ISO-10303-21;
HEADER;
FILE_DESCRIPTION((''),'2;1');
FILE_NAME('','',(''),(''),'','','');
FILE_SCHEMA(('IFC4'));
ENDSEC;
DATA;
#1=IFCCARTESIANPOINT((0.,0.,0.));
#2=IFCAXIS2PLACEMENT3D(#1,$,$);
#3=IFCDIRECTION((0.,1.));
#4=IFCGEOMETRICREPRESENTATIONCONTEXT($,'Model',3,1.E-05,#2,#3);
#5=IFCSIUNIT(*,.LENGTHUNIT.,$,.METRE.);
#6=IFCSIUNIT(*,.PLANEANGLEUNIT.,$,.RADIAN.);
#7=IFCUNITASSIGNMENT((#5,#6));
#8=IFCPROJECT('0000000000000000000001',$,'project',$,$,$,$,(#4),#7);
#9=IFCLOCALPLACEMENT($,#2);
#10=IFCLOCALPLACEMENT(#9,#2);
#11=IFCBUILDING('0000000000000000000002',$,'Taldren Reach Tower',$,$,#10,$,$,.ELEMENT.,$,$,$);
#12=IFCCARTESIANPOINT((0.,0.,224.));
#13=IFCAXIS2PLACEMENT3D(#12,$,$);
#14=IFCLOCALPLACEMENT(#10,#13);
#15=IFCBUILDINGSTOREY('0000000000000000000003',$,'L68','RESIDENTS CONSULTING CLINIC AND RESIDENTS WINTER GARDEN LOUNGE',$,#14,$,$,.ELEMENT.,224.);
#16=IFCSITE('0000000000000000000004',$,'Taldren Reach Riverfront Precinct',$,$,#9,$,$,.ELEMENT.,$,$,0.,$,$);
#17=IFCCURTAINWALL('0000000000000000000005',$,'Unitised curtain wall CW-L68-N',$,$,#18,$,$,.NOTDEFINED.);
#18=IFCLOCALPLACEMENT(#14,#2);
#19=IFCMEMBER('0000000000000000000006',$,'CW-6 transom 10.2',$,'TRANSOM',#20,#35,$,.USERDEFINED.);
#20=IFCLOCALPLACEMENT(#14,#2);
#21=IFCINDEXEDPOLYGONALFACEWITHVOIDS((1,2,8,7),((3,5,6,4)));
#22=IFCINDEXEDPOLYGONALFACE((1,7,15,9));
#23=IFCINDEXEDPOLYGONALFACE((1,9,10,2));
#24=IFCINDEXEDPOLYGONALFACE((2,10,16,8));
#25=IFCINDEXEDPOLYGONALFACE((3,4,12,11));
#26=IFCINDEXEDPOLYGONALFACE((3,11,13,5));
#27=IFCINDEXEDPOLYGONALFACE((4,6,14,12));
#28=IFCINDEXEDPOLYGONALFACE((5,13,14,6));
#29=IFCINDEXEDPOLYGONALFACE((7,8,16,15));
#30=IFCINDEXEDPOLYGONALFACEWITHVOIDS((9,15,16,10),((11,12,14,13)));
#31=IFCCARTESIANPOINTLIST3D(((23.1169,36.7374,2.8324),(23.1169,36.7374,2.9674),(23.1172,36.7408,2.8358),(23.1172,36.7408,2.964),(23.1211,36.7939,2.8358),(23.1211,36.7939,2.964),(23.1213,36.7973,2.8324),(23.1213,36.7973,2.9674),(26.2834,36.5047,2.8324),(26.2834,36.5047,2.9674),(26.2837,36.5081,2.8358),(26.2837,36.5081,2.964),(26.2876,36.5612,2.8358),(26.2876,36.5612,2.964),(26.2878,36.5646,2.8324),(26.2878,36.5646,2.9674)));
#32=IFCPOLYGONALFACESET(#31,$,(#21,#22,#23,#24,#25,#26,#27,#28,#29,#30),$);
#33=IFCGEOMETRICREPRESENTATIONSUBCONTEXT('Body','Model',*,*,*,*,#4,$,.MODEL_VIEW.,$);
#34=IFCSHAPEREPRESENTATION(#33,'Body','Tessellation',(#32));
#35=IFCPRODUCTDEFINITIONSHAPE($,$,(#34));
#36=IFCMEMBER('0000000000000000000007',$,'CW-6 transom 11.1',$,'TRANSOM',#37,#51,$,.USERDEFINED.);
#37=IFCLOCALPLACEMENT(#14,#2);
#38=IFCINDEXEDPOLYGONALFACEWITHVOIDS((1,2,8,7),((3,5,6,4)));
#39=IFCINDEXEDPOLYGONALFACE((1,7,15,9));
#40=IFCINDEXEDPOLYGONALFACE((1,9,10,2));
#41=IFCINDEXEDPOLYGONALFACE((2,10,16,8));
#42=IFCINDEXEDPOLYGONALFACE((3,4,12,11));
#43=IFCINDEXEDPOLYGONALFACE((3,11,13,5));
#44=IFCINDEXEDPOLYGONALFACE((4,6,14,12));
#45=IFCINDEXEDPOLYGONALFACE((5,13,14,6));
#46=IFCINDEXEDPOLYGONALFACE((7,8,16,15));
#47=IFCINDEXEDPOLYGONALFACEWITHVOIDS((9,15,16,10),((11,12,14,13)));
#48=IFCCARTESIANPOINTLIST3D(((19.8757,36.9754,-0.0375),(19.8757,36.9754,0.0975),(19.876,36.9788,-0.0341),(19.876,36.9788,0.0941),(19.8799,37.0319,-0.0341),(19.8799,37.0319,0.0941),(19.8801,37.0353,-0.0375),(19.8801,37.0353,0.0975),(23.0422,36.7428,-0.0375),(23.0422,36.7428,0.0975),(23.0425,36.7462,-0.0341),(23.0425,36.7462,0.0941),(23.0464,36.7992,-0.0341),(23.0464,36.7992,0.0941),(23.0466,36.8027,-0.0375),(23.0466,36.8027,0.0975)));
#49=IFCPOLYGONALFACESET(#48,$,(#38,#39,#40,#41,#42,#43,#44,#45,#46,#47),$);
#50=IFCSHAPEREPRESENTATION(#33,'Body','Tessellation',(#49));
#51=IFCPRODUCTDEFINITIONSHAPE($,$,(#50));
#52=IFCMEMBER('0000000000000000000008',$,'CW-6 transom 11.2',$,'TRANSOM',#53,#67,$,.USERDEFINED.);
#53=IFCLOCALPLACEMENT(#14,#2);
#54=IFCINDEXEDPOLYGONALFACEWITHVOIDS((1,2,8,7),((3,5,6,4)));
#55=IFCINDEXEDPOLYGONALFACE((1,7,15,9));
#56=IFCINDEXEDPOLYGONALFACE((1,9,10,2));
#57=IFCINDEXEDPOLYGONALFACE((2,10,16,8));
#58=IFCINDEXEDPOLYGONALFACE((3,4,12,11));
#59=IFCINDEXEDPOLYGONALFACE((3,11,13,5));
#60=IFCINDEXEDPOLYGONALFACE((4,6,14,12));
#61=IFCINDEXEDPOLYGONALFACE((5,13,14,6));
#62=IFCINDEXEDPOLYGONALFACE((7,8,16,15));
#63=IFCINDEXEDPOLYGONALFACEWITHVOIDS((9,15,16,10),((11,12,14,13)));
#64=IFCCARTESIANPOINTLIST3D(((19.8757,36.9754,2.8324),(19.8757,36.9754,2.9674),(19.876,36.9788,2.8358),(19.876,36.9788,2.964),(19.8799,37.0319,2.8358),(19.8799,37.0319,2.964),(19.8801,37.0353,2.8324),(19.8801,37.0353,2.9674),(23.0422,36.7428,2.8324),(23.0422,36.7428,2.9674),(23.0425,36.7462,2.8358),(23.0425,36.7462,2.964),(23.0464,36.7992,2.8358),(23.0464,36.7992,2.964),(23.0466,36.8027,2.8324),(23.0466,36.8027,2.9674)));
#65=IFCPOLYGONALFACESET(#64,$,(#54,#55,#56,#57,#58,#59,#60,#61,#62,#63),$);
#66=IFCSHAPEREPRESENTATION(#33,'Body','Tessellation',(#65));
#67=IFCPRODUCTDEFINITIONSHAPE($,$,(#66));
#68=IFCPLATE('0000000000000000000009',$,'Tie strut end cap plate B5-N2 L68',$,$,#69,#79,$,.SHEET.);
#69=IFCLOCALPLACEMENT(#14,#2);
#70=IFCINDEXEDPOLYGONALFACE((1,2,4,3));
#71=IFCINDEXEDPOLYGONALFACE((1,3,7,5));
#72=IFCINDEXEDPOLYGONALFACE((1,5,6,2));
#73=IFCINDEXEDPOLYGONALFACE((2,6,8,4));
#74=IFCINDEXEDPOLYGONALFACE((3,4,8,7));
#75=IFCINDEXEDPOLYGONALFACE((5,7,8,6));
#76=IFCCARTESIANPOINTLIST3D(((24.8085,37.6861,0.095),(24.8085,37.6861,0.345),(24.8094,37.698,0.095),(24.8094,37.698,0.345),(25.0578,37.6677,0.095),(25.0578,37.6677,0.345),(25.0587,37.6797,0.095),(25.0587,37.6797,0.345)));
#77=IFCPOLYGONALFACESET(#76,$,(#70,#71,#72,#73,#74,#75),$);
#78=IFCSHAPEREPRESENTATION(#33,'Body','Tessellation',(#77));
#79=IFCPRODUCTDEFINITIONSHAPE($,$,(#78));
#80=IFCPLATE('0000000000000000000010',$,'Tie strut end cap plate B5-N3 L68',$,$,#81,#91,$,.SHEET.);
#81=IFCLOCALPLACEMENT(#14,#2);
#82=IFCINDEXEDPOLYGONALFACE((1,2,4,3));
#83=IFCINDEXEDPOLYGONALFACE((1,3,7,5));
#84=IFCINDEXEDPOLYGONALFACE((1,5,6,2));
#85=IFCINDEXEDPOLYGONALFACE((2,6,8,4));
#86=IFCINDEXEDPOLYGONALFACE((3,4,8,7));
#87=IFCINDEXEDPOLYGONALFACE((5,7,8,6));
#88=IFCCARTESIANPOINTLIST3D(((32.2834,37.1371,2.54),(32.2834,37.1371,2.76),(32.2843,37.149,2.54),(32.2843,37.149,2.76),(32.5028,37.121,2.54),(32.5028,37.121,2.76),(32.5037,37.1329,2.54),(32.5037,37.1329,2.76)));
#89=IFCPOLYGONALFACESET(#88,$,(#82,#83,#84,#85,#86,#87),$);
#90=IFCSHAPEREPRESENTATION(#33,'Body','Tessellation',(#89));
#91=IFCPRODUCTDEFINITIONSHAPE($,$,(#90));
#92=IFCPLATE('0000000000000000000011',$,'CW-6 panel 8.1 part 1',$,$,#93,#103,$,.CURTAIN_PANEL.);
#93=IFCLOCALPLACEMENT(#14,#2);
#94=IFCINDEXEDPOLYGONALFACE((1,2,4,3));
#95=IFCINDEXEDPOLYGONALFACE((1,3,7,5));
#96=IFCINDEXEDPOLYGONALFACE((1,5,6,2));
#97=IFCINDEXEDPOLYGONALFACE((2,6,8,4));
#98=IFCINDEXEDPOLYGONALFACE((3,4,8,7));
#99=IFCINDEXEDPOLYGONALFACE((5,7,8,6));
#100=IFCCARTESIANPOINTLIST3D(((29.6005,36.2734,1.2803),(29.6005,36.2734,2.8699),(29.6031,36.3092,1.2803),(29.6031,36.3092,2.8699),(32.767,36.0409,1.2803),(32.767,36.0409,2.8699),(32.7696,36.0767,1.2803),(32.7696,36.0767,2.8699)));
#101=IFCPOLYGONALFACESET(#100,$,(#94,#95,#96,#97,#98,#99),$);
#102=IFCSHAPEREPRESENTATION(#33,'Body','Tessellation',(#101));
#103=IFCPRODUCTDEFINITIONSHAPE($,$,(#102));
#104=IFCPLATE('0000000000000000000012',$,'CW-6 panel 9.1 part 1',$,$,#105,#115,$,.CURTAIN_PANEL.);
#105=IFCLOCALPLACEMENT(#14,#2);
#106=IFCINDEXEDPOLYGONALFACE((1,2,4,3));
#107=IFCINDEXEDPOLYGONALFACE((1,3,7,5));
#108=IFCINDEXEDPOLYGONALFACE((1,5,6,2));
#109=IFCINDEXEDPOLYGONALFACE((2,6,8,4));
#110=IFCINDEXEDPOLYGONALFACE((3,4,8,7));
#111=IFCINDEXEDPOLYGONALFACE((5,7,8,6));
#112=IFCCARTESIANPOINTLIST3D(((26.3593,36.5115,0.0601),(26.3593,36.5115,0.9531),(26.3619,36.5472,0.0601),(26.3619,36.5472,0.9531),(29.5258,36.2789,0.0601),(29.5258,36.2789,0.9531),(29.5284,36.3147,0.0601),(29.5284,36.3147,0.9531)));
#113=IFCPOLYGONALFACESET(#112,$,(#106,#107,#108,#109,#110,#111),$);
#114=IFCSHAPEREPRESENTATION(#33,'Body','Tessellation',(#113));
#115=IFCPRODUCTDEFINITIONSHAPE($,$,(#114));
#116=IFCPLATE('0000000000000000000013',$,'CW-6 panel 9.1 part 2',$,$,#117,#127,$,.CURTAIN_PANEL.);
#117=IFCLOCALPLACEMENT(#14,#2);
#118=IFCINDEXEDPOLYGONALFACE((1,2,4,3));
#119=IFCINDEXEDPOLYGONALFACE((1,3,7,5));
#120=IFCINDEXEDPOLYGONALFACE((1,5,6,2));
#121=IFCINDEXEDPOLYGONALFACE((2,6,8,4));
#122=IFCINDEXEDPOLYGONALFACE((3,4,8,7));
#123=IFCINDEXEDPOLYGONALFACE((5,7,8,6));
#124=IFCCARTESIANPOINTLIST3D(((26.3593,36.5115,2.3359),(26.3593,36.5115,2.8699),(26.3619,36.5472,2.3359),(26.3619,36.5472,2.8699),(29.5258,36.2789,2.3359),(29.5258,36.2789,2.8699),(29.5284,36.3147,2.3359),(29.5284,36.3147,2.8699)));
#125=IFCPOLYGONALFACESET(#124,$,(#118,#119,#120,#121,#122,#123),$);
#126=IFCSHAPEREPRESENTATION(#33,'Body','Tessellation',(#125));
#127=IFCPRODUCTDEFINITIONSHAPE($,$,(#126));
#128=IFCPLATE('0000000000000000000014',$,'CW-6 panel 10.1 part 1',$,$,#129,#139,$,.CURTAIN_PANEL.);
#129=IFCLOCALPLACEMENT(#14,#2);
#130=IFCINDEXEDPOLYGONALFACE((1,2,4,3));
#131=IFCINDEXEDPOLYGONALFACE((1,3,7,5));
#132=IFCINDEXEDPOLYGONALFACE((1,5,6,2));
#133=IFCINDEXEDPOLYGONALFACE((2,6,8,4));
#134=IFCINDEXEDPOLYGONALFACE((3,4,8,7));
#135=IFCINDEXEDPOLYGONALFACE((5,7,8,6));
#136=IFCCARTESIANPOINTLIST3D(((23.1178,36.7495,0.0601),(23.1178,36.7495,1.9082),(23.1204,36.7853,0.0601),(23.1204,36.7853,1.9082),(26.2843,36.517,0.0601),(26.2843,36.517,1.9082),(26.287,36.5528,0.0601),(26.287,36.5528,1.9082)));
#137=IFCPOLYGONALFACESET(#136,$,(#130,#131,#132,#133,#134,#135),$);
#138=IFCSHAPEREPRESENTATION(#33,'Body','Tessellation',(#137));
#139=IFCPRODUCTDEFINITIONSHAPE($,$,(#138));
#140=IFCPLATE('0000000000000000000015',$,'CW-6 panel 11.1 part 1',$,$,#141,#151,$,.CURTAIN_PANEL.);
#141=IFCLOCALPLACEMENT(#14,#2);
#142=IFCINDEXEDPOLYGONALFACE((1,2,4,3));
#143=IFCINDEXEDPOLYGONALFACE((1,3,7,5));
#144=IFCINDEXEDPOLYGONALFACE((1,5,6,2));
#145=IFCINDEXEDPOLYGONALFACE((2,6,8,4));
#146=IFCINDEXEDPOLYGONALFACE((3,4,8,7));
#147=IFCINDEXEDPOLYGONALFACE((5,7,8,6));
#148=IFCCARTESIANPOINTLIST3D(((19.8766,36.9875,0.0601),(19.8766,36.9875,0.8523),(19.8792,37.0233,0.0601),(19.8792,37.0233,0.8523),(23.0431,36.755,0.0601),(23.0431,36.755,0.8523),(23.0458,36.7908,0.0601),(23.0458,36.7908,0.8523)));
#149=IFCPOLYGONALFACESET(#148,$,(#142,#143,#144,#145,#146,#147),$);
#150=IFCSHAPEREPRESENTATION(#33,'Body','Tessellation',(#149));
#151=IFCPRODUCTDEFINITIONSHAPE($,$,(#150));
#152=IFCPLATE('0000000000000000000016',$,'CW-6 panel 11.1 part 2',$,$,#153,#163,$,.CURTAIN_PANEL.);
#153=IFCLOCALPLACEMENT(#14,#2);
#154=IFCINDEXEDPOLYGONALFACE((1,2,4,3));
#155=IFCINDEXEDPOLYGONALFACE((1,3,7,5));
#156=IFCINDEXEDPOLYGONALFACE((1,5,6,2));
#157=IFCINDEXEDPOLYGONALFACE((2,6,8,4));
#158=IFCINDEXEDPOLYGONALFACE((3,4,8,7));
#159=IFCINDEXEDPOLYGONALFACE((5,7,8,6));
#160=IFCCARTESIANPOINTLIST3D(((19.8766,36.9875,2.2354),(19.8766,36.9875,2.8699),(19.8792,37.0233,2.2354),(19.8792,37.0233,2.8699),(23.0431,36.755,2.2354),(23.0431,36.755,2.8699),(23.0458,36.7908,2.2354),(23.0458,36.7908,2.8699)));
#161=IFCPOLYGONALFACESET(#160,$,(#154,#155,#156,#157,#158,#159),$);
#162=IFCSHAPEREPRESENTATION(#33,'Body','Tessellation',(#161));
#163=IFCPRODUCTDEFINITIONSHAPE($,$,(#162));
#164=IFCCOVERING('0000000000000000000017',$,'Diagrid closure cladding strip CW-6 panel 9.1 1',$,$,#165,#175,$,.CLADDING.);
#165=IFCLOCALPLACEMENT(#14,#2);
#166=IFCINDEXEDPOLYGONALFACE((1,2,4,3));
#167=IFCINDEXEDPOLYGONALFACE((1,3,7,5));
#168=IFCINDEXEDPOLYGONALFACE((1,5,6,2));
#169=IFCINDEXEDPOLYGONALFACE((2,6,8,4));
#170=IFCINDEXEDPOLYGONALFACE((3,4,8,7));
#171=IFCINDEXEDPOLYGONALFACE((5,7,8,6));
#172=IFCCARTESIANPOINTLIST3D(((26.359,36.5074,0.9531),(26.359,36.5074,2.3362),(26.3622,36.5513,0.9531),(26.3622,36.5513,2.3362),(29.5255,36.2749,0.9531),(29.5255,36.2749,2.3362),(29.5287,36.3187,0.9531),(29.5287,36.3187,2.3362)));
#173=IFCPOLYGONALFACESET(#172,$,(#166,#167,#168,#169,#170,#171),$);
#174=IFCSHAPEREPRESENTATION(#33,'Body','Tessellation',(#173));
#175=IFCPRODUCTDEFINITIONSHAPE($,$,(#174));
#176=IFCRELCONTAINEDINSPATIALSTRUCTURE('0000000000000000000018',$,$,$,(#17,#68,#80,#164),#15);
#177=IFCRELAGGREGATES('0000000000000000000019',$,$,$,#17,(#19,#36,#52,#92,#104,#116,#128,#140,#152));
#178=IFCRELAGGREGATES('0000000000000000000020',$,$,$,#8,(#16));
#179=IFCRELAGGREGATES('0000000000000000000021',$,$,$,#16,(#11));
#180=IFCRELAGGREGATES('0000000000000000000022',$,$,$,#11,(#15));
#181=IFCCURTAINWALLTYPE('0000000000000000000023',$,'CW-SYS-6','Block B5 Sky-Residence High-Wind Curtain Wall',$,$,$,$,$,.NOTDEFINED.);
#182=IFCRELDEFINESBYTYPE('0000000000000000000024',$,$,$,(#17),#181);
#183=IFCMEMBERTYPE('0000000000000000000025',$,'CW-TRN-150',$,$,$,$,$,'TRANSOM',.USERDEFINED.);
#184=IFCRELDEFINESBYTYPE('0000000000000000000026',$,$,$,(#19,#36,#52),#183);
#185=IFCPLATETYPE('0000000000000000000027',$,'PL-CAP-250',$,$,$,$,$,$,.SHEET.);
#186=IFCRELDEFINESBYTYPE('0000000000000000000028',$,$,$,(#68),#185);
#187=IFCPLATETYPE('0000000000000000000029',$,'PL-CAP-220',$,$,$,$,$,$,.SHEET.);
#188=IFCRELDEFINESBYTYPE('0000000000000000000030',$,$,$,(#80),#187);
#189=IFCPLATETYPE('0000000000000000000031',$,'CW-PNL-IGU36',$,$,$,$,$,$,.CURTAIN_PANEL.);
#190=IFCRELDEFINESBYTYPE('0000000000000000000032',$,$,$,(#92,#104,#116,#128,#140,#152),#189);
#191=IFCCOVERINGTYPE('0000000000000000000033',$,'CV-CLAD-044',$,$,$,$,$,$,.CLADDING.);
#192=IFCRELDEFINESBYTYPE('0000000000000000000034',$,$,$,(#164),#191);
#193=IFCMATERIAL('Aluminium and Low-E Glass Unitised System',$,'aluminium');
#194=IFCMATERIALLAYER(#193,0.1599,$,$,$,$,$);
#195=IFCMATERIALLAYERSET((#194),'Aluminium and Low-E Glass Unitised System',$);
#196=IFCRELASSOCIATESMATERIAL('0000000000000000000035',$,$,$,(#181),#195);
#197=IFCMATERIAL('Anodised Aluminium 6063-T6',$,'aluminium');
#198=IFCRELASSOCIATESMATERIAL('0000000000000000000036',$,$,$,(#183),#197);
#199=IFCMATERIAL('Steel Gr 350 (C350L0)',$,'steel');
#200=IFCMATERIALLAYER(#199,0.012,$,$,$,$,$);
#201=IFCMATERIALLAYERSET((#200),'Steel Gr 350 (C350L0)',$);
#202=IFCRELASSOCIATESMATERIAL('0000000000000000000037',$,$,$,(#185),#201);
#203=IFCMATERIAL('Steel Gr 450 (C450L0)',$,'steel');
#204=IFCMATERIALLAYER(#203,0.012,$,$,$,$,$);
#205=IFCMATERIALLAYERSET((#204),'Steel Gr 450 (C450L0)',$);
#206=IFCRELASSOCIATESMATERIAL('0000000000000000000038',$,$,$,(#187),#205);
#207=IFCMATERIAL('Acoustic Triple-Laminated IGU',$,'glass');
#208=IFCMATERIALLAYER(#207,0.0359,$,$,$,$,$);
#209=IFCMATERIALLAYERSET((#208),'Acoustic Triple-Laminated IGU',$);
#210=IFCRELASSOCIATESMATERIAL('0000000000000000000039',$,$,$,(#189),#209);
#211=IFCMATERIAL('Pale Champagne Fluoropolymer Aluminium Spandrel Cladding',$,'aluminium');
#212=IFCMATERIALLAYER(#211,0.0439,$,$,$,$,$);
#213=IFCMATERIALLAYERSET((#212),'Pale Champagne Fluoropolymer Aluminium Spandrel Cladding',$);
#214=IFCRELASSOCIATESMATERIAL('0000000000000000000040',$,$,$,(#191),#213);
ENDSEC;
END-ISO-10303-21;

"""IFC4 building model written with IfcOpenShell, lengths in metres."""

from ifc_helpers import new_model, si_unit, direction, frame, origin, origin_2d, place, context, subcontext, project, spatial, rectangle, hollow_rectangle, extrude, source, transform, mapped, material, layer, layer_set, material_profile, profile_set, type_object, element, aggregate, save


model = new_model("IFC4")

# Units and contexts
model_context = context("Model", 3, precision=1e-05, world=origin(), true_north=direction((0.0, 1.0)))
body_context = subcontext(model_context, "Body", "Model", "MODEL_VIEW")
ifc_project = project(units=[si_unit("LENGTHUNIT", "METRE"), si_unit("PLANEANGLEUNIT", "RADIAN")], contexts=[model_context])

# Site, building, storey
site_placement = place(None, origin())
site = spatial("IfcSite", under=ifc_project, at=site_placement, Name="Taldren Reach Riverfront Precinct", CompositionType="ELEMENT", RefElevation=0.0)
building_placement = place(site_placement, origin())
building = spatial("IfcBuilding", under=site, at=building_placement, Name="Taldren Reach Tower", CompositionType="ELEMENT")
storey_placement = place(building_placement, frame((0.0, 0.0, 224.0)))
storey = spatial("IfcBuildingStorey", under=building, at=storey_placement, Name="L68", Description="RESIDENTS CONSULTING CLINIC AND RESIDENTS WINTER GARDEN LOUNGE", CompositionType="ELEMENT", Elevation=224.0)

# Shared definitions
ifc_material_1 = material(Name="Steel Gr 350 (C350L0)", Category="steel")
ifc_material_2 = material(Name="Steel Gr 450 (C450L0)", Category="steel")

# Curtain wall, members
ifc_material_3 = material(Name="Aluminium and Low-E Glass Unitised System", Category="aluminium")
ifc_layer_1 = layer(ifc_material_3, 0.1599)
ifc_layer_set_1 = layer_set([ifc_layer_1], Name="Aluminium and Low-E Glass Unitised System")
curtain_wall_type = type_object("IfcCurtainWallType", Name="CW-SYS-6", Description="Block B5 Sky-Residence High-Wind Curtain Wall", PredefinedType="NOTDEFINED", material=ifc_layer_set_1)
curtain_wall_placement = place(storey_placement, origin())
curtain_wall = element("IfcCurtainWall", 1, at=curtain_wall_placement, inside=storey, type_object=curtain_wall_type, Name="Unitised curtain wall CW-L68-N", PredefinedType="NOTDEFINED")
ifc_material_4 = material(Name="Anodised Aluminium 6063-T6", Category="aluminium")
ifc_material_profile_1 = material_profile(ifc_material_4, hollow_rectangle(XDim=0.0601, YDim=0.135, WallThickness=0.0034, at=origin_2d()), Name="ALU-135x60x3.5RHS")
ifc_profile_set_1 = profile_set([ifc_material_profile_1], Name="Anodised Aluminium 6063-T6")
member_type_1 = type_object("IfcMemberType", Name="CW-TRN-150", ElementType="TRANSOM", PredefinedType="USERDEFINED", material=ifc_profile_set_1)
shared_shape_1 = source(origin(), body_context, "Body", "SweptSolid", [
    extrude(hollow_rectangle(XDim=0.0601, YDim=0.135, WallThickness=0.0034, at=origin_2d()), origin(), (0.0, 0.0, 1.0), 3.175),
])
member_1_placement = place(storey_placement, frame((26.2856, 36.5347, 2.8999), z_axis=(-0.997311, 0.07328, 0.0), x_axis=(-0.07328, -0.997311, 0.0)))
member_1 = element("IfcMember", 2, at=member_1_placement, type_object=member_type_1, Name="CW-6 transom 10.2", ObjectType="TRANSOM", PredefinedType="USERDEFINED", context=body_context, shape_type="MappedRepresentation", body=[
    mapped(shared_shape_1, transform((0.0, 0.0, 0.0), scale=1.0)),
])
member_2_placement = place(storey_placement, frame((23.0444, 36.7727, 0.03), z_axis=(-0.997311, 0.07328, 0.0), x_axis=(-0.07328, -0.997311, 0.0)))
member_2 = element("IfcMember", 3, at=member_2_placement, type_object=member_type_1, Name="CW-6 transom 11.1", ObjectType="TRANSOM", PredefinedType="USERDEFINED", context=body_context, shape_type="MappedRepresentation", body=[
    mapped(shared_shape_1, transform((0.0, 0.0, 0.0), scale=1.0)),
])
member_3_placement = place(storey_placement, frame((23.0444, 36.7727, 2.8999), z_axis=(-0.997311, 0.07328, 0.0), x_axis=(-0.07328, -0.997311, 0.0)))
member_3 = element("IfcMember", 4, at=member_3_placement, type_object=member_type_1, Name="CW-6 transom 11.2", ObjectType="TRANSOM", PredefinedType="USERDEFINED", context=body_context, shape_type="MappedRepresentation", body=[
    mapped(shared_shape_1, transform((0.0, 0.0, 0.0), scale=1.0)),
])

# Plates
ifc_layer_2 = layer(ifc_material_1, 0.012)
ifc_layer_set_2 = layer_set([ifc_layer_2], Name="Steel Gr 350 (C350L0)")
plate_type_1 = type_object("IfcPlateType", Name="PL-CAP-250", PredefinedType="SHEET", material=ifc_layer_set_2)
shared_shape_2 = source(origin(), body_context, "Body", "SweptSolid", [
    extrude(rectangle(XDim=0.25, YDim=0.012, at=origin_2d()), origin(), (0.0, 0.0, 1.0), 0.25),
])
plate_1_placement = place(storey_placement, frame((24.9336, 37.6829, 0.095), z_axis=(0.0, 0.0, 1.0), x_axis=(0.997314, -0.073238, 0.0)))
element("IfcPlate", 5, at=plate_1_placement, inside=storey, type_object=plate_type_1, Name="Tie strut end cap plate B5-N2 L68", PredefinedType="SHEET", context=body_context, shape_type="MappedRepresentation", body=[
    mapped(shared_shape_2, transform((0.0, 0.0, 0.0), scale=1.0)),
])
ifc_layer_3 = layer(ifc_material_2, 0.012)
ifc_layer_set_3 = layer_set([ifc_layer_3], Name="Steel Gr 450 (C450L0)")
plate_type_2 = type_object("IfcPlateType", Name="PL-CAP-220", PredefinedType="SHEET", material=ifc_layer_set_3)
shared_shape_3 = source(origin(), body_context, "Body", "SweptSolid", [
    extrude(rectangle(XDim=0.22, YDim=0.012, at=origin_2d()), origin(), (0.0, 0.0, 1.0), 0.22),
])
plate_2_placement = place(storey_placement, frame((32.3936, 37.135, 2.54), z_axis=(0.0, 0.0, 1.0), x_axis=(0.997314, -0.073238, 0.0)))
element("IfcPlate", 6, at=plate_2_placement, inside=storey, type_object=plate_type_2, Name="Tie strut end cap plate B5-N3 L68", PredefinedType="SHEET", context=body_context, shape_type="MappedRepresentation", body=[
    mapped(shared_shape_3, transform((0.0, 0.0, 0.0), scale=1.0)),
])

# Plates
ifc_material_5 = material(Name="Acoustic Triple-Laminated IGU", Category="glass")
ifc_layer_4 = layer(ifc_material_5, 0.0359)
ifc_layer_set_4 = layer_set([ifc_layer_4], Name="Acoustic Triple-Laminated IGU")
plate_type_3 = type_object("IfcPlateType", Name="CW-PNL-IGU36", PredefinedType="CURTAIN_PANEL", material=ifc_layer_set_4)
shared_shape_4 = source(origin(), body_context, "Body", "SweptSolid", [
    extrude(rectangle(XDim=3.175, YDim=0.0359, at=origin_2d()), origin(), (0.0, 0.0, 1.0), 1.5896),
])
plate_3_placement = place(storey_placement, frame((31.1851, 36.175, 1.2803), z_axis=(0.0, 0.0, 1.0), x_axis=(-0.997314, 0.073238, 0.0)))
plate_3 = element("IfcPlate", 7, at=plate_3_placement, type_object=plate_type_3, Name="CW-6 panel 8.1 part 1", PredefinedType="CURTAIN_PANEL", context=body_context, shape_type="MappedRepresentation", body=[
    mapped(shared_shape_4, transform((0.0, 0.0, 0.0), scale=1.0)),
])
shared_shape_5 = source(origin(), body_context, "Body", "SweptSolid", [
    extrude(rectangle(XDim=3.175, YDim=0.0359, at=origin_2d()), origin(), (0.0, 0.0, 1.0), 0.8931),
])
plate_4_placement = place(storey_placement, frame((27.9438, 36.4131, 0.0601), z_axis=(0.0, 0.0, 1.0), x_axis=(-0.997314, 0.073238, 0.0)))
plate_4 = element("IfcPlate", 8, at=plate_4_placement, type_object=plate_type_3, Name="CW-6 panel 9.1 part 1", PredefinedType="CURTAIN_PANEL", context=body_context, shape_type="MappedRepresentation", body=[
    mapped(shared_shape_5, transform((0.0, 0.0, 0.0), scale=1.0)),
])
shared_shape_6 = source(origin(), body_context, "Body", "SweptSolid", [
    extrude(rectangle(XDim=3.175, YDim=0.0359, at=origin_2d()), origin(), (0.0, 0.0, 1.0), 0.5339),
])
plate_5_placement = place(storey_placement, frame((27.9438, 36.4131, 2.3359), z_axis=(0.0, 0.0, 1.0), x_axis=(-0.997314, 0.073238, 0.0)))
plate_5 = element("IfcPlate", 9, at=plate_5_placement, type_object=plate_type_3, Name="CW-6 panel 9.1 part 2", PredefinedType="CURTAIN_PANEL", context=body_context, shape_type="MappedRepresentation", body=[
    mapped(shared_shape_6, transform((0.0, 0.0, 0.0), scale=1.0)),
])
shared_shape_7 = source(origin(), body_context, "Body", "SweptSolid", [
    extrude(rectangle(XDim=3.175, YDim=0.0359, at=origin_2d()), origin(), (0.0, 0.0, 1.0), 1.8481),
])
plate_6_placement = place(storey_placement, frame((24.7024, 36.6511, 0.0601), z_axis=(0.0, 0.0, 1.0), x_axis=(-0.997314, 0.073238, 0.0)))
plate_6 = element("IfcPlate", 10, at=plate_6_placement, type_object=plate_type_3, Name="CW-6 panel 10.1 part 1", PredefinedType="CURTAIN_PANEL", context=body_context, shape_type="MappedRepresentation", body=[
    mapped(shared_shape_7, transform((0.0, 0.0, 0.0), scale=1.0)),
])
shared_shape_8 = source(origin(), body_context, "Body", "SweptSolid", [
    extrude(rectangle(XDim=3.175, YDim=0.0359, at=origin_2d()), origin(), (0.0, 0.0, 1.0), 0.7922),
])
plate_7_placement = place(storey_placement, frame((21.4612, 36.8892, 0.0601), z_axis=(0.0, 0.0, 1.0), x_axis=(-0.997314, 0.073238, 0.0)))
plate_7 = element("IfcPlate", 11, at=plate_7_placement, type_object=plate_type_3, Name="CW-6 panel 11.1 part 1", PredefinedType="CURTAIN_PANEL", context=body_context, shape_type="MappedRepresentation", body=[
    mapped(shared_shape_8, transform((0.0, 0.0, 0.0), scale=1.0)),
])
shared_shape_9 = source(origin(), body_context, "Body", "SweptSolid", [
    extrude(rectangle(XDim=3.175, YDim=0.0359, at=origin_2d()), origin(), (0.0, 0.0, 1.0), 0.6345),
])
plate_8_placement = place(storey_placement, frame((21.4612, 36.8892, 2.2354), z_axis=(0.0, 0.0, 1.0), x_axis=(-0.997314, 0.073238, 0.0)))
plate_8 = element("IfcPlate", 12, at=plate_8_placement, type_object=plate_type_3, Name="CW-6 panel 11.1 part 2", PredefinedType="CURTAIN_PANEL", context=body_context, shape_type="MappedRepresentation", body=[
    mapped(shared_shape_9, transform((0.0, 0.0, 0.0), scale=1.0)),
])
aggregate(curtain_wall, [member_1, member_2, member_3, plate_3, plate_4, plate_5, plate_6, plate_7, plate_8])

# Covering
ifc_material_6 = material(Name="Pale Champagne Fluoropolymer Aluminium Spandrel Cladding", Category="aluminium")
ifc_layer_5 = layer(ifc_material_6, 0.0439)
ifc_layer_set_5 = layer_set([ifc_layer_5], Name="Pale Champagne Fluoropolymer Aluminium Spandrel Cladding")
covering_type = type_object("IfcCoveringType", Name="CV-CLAD-044", PredefinedType="CLADDING", material=ifc_layer_set_5)
shared_shape_10 = source(origin(), body_context, "Body", "SweptSolid", [
    extrude(rectangle(XDim=3.175, YDim=0.0439, at=origin_2d()), origin(), (0.0, 0.0, 1.0), 1.3831),
])
for number, where, z_axis, x_axis, name in (
    (13, (27.9438, 36.4131, 0.9531), (0.0, 0.0, 1.0), (-0.997314, 0.073238, 0.0), "Diagrid closure cladding strip CW-6 panel 9.1 1"),
):
    element("IfcCovering", number, at=place(storey_placement, frame(where, z_axis=z_axis, x_axis=x_axis)), inside=storey, type_object=covering_type, Name=name, PredefinedType="CLADDING", context=body_context, shape_type="MappedRepresentation", body=[
        mapped(shared_shape_10, transform((0.0, 0.0, 0.0), scale=1.0)),
    ])

save(model, "model.ifc")
